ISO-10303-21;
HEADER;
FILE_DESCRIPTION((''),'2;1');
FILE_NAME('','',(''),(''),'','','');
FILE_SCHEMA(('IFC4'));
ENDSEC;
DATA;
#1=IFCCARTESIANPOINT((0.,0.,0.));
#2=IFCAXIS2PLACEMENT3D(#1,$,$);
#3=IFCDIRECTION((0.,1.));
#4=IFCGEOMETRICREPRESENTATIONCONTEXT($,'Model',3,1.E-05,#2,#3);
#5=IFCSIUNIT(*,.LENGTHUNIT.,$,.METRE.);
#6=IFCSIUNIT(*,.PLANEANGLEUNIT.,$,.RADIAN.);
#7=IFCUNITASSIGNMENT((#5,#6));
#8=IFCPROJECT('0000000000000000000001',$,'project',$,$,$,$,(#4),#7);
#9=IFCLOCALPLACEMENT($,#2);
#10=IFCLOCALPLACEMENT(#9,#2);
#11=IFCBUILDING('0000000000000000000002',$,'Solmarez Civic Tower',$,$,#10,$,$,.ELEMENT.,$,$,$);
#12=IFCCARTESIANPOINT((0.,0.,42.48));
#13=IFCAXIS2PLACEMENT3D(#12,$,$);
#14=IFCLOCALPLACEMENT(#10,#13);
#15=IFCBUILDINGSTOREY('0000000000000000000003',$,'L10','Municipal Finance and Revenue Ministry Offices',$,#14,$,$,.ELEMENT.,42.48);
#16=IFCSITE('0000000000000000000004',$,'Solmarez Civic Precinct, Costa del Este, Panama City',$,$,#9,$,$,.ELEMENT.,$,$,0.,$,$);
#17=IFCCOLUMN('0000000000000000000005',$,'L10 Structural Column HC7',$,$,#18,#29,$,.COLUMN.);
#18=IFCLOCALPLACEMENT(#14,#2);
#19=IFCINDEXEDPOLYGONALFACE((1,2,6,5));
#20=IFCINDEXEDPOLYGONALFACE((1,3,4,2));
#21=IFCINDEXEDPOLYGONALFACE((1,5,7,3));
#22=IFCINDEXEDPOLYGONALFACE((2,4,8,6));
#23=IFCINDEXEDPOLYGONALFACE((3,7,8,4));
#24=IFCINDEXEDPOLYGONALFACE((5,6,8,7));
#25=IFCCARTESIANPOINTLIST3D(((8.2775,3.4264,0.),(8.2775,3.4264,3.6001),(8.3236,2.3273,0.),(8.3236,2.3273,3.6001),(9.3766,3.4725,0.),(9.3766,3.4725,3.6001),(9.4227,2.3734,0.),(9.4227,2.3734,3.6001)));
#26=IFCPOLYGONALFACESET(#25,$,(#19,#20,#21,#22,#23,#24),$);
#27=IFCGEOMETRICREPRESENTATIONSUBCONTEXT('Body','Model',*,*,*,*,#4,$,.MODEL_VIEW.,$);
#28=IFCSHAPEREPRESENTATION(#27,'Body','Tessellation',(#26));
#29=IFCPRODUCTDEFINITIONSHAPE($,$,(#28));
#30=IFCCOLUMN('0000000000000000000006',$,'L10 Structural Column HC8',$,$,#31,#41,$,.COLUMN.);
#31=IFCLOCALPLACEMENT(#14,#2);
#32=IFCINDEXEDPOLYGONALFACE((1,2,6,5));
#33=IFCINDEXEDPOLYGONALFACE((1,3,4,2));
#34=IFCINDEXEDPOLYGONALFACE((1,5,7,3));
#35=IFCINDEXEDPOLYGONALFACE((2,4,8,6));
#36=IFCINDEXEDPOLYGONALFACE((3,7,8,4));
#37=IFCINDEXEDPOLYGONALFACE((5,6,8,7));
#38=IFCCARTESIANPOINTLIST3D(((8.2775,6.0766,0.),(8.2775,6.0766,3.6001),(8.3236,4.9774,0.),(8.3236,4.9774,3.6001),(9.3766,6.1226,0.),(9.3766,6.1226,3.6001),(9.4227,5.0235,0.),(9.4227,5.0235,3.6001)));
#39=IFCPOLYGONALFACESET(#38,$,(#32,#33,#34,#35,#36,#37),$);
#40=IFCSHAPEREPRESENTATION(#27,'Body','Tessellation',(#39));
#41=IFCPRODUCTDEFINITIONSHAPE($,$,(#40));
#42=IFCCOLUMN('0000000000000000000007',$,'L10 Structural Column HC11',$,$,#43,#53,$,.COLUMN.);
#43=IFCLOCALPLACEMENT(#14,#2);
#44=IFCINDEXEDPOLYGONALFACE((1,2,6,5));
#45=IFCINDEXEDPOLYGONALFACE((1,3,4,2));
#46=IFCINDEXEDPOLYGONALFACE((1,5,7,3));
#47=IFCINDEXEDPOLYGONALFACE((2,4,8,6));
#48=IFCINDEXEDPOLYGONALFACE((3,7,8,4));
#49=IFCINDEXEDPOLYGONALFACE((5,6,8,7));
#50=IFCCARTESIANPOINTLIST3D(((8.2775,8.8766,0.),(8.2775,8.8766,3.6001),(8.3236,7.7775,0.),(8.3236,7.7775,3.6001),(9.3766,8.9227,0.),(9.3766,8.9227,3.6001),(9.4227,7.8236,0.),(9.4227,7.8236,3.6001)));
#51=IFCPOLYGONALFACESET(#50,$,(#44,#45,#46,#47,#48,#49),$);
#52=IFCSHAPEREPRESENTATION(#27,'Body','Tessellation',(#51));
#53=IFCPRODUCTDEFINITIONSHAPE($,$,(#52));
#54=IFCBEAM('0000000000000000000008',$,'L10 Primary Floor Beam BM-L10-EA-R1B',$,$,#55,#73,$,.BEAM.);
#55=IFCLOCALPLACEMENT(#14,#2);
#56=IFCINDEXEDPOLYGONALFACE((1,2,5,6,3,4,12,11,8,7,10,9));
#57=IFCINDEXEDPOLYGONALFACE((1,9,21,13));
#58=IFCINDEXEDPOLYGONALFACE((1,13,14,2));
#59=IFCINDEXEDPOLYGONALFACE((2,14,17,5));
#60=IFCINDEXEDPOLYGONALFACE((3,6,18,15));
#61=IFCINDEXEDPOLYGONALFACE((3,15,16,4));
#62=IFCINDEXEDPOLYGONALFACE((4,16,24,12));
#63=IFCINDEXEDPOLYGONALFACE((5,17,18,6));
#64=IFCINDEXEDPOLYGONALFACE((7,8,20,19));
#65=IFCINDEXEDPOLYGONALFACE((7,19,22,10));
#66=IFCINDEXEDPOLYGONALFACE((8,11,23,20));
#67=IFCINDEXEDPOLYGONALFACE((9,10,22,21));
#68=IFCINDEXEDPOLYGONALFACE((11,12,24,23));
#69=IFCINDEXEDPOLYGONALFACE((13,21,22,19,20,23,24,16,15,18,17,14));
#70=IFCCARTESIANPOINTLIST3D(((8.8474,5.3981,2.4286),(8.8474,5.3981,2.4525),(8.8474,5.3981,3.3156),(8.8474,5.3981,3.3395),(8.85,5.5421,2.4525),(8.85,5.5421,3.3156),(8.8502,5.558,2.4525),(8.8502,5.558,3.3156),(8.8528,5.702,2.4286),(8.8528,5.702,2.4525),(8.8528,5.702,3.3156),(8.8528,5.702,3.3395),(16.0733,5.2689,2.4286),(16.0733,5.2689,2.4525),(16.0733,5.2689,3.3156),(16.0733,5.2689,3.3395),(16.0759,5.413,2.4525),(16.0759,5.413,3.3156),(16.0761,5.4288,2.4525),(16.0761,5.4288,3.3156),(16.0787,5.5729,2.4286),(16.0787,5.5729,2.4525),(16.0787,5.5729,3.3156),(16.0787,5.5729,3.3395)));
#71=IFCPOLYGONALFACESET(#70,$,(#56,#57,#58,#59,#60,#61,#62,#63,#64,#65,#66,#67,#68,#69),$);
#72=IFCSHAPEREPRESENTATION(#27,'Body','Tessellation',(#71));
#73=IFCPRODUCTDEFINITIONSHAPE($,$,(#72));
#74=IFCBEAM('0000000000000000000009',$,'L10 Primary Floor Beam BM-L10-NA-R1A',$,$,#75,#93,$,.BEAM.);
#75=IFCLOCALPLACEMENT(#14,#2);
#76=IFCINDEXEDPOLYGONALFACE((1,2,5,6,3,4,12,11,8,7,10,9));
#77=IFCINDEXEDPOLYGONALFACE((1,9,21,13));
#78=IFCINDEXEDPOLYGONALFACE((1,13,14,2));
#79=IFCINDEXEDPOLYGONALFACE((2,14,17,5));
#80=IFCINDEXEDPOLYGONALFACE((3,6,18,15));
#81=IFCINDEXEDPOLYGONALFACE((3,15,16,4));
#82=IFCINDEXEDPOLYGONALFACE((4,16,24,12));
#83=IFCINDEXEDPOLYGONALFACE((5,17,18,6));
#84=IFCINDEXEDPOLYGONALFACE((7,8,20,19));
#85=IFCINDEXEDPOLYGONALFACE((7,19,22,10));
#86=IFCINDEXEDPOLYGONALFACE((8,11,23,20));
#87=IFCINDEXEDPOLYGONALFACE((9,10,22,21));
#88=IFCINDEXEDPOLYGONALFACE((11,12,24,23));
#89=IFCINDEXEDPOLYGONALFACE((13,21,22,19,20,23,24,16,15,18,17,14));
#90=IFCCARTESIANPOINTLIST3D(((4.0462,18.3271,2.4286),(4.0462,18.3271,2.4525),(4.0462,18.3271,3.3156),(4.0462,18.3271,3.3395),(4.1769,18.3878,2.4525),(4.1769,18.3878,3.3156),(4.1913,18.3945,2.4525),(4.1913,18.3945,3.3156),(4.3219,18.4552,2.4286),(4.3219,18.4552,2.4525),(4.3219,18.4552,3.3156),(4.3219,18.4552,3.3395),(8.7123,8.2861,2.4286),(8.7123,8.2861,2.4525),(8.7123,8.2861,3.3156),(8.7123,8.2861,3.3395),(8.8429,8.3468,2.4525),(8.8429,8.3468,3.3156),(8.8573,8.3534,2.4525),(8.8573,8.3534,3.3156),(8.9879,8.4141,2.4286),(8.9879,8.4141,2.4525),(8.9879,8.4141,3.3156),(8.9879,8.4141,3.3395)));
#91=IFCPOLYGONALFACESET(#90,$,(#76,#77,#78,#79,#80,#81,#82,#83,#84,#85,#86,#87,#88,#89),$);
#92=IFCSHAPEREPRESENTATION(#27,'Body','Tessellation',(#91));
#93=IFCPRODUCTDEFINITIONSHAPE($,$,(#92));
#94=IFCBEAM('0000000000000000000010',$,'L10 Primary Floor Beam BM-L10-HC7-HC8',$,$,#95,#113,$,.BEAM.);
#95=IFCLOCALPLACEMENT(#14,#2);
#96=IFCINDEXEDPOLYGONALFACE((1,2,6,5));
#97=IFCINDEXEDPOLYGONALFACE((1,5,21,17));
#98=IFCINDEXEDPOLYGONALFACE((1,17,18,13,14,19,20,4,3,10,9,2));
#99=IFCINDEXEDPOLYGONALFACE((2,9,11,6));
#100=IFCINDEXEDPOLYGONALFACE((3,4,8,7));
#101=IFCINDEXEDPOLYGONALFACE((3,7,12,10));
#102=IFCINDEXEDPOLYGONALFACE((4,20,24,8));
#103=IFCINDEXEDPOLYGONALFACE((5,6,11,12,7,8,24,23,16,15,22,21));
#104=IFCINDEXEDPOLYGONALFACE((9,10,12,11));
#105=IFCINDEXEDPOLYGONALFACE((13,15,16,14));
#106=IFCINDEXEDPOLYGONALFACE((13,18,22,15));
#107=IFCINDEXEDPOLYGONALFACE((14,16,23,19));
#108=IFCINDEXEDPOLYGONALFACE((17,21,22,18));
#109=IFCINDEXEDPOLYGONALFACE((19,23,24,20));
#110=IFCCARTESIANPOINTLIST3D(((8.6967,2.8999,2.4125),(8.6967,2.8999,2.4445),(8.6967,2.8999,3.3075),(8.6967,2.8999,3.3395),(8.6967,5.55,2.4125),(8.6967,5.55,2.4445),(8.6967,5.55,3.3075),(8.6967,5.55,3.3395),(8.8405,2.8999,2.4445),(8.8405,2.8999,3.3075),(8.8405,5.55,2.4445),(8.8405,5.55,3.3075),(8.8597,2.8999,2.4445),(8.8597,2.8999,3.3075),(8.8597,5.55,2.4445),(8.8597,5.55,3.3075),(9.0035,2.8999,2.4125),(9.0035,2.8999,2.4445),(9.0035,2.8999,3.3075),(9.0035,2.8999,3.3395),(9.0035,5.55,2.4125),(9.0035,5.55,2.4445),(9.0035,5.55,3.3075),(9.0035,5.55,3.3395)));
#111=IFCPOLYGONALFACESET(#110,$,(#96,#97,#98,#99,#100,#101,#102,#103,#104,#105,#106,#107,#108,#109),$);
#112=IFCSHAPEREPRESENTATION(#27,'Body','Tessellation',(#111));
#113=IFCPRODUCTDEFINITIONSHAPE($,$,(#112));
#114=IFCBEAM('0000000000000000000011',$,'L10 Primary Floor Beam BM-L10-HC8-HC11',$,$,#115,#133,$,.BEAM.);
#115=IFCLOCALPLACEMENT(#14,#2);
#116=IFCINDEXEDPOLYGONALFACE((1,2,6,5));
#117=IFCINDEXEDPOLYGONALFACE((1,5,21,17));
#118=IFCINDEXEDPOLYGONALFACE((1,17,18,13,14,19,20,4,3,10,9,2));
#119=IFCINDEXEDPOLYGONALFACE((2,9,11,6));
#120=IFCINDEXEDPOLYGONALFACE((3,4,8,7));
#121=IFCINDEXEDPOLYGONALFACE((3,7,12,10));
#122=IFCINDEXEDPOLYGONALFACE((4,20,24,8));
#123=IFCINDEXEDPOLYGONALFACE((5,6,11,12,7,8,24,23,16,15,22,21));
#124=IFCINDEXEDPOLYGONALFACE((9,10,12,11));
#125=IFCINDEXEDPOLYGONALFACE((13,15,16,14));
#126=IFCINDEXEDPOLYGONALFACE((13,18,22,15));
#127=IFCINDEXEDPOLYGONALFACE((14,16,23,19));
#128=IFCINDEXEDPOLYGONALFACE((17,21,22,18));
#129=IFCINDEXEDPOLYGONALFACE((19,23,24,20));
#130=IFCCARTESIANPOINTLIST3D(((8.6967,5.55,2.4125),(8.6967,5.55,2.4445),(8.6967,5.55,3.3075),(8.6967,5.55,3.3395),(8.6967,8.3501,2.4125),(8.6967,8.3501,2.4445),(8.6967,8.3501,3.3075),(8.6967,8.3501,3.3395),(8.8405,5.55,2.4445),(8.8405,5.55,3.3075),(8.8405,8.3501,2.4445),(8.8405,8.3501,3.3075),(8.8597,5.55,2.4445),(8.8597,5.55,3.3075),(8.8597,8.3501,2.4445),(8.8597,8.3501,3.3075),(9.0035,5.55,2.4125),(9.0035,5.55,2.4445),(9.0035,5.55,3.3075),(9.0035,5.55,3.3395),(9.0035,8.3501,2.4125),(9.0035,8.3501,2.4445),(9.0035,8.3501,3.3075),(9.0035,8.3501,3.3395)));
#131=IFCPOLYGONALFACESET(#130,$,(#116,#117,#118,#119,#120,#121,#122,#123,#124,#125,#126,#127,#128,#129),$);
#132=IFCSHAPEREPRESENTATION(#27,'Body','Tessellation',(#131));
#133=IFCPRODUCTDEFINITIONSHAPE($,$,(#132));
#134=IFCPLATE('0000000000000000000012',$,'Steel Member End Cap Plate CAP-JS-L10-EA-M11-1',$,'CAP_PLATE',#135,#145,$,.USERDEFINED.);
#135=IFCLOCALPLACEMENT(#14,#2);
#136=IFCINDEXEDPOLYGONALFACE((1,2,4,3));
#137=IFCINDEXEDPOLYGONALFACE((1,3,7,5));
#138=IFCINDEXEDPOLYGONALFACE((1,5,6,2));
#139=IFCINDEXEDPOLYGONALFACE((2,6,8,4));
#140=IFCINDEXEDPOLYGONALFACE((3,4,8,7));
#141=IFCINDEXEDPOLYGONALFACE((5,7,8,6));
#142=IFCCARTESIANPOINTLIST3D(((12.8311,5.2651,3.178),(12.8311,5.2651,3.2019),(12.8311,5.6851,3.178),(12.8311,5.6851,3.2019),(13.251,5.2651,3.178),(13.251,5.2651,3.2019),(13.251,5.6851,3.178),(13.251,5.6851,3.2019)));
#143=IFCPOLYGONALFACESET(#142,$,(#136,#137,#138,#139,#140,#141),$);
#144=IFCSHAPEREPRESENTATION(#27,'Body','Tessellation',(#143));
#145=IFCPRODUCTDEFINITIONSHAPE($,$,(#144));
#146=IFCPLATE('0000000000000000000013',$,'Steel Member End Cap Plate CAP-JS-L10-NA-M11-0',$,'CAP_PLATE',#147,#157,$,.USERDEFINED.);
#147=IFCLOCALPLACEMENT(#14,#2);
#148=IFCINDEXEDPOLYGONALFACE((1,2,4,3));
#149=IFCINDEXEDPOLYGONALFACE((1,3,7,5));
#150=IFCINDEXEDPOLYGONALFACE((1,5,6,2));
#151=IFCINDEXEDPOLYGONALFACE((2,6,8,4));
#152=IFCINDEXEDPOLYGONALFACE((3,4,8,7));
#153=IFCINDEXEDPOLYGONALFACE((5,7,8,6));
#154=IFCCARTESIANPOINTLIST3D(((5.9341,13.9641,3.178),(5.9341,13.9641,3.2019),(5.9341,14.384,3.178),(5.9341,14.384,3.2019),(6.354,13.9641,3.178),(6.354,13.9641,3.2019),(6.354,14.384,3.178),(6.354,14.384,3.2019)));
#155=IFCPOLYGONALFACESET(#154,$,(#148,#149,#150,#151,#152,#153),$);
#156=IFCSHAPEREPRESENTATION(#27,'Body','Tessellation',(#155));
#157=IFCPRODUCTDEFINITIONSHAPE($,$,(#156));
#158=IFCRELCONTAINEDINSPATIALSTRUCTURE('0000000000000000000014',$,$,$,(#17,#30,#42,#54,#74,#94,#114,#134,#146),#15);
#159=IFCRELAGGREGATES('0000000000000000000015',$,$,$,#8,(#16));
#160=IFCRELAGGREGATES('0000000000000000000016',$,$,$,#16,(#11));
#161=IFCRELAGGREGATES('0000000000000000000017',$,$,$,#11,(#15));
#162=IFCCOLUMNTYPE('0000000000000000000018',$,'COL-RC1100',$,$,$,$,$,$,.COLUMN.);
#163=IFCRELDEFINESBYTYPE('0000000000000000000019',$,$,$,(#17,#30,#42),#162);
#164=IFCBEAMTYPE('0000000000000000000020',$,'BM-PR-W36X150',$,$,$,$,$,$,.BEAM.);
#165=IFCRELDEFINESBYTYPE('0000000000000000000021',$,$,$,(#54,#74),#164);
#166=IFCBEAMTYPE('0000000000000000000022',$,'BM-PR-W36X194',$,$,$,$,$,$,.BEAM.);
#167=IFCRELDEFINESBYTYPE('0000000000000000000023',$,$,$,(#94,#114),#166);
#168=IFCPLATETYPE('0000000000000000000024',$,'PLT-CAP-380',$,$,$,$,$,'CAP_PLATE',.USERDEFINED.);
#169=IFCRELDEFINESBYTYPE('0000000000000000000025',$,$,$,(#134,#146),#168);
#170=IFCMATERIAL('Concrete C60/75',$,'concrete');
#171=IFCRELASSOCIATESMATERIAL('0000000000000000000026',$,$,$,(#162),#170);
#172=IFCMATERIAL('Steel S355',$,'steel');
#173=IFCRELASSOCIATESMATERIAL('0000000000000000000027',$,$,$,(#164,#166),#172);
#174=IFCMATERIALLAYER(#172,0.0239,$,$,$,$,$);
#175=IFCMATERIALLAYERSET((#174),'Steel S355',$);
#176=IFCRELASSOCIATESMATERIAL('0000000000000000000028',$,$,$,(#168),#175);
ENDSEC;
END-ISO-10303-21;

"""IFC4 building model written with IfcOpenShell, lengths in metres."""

from ifc_helpers import new_model, si_unit, direction, frame, origin, origin_2d, place, context, subcontext, project, spatial, rectangle, i_section, extrude, material, layer, layer_set, material_profile, profile_set, type_object, element, save


model = new_model("IFC4")

# Units and contexts
model_context = context("Model", 3, precision=1e-05, world=origin(), true_north=direction((0.0, 1.0)))
body_context = subcontext(model_context, "Body", "Model", "MODEL_VIEW")
ifc_project = project(units=[si_unit("LENGTHUNIT", "METRE"), si_unit("PLANEANGLEUNIT", "RADIAN")], contexts=[model_context])

# Site, building, storey
site_placement = place(None, origin())
site = spatial("IfcSite", under=ifc_project, at=site_placement, Name="Solmarez Civic Precinct, Costa del Este, Panama City", CompositionType="ELEMENT", RefElevation=0.0)
building_placement = place(site_placement, origin())
building = spatial("IfcBuilding", under=site, at=building_placement, Name="Solmarez Civic Tower", CompositionType="ELEMENT")
storey_placement = place(building_placement, frame((0.0, 0.0, 42.48)))
storey = spatial("IfcBuildingStorey", under=building, at=storey_placement, Name="L10", Description="Municipal Finance and Revenue Ministry Offices", CompositionType="ELEMENT", Elevation=42.48)

# Columns
ifc_material_1 = material(Name="Concrete C60/75", Category="concrete")
ifc_material_profile_1 = material_profile(ifc_material_1, rectangle(XDim=1.1001, YDim=1.1001, at=origin_2d()), Name="RC1100X1100")
ifc_profile_set_1 = profile_set([ifc_material_profile_1], Name="Concrete C60/75")
column_type = type_object("IfcColumnType", Name="COL-RC1100", PredefinedType="COLUMN", material=ifc_profile_set_1)
for number, where, z_axis, x_axis, name in (
    (1, (8.8501, 2.8999, 0.0), (0.0, 0.0, 1.0), (0.999123, 0.041876, 0.0), "L10 Structural Column HC7"),
    (2, (8.8501, 5.55, 0.0), (0.0, 0.0, 1.0), (0.999123, 0.041876, 0.0), "L10 Structural Column HC8"),
    (3, (8.8501, 8.3501, 0.0), (0.0, 0.0, 1.0), (0.999123, 0.041876, 0.0), "L10 Structural Column HC11"),
):
    element("IfcColumn", number, at=place(storey_placement, frame(where, z_axis=z_axis, x_axis=x_axis)), inside=storey, type_object=column_type, Name=name, PredefinedType="COLUMN", context=body_context, shape_type="SweptSolid", body=[
        extrude(rectangle(XDim=1.1001, YDim=1.1001, at=origin_2d()), origin(), (0.0, 0.0, 1.0), 3.6001),
    ])

# Beams
ifc_material_2 = material(Name="Steel S355", Category="steel")
ifc_material_profile_2 = material_profile(ifc_material_2, i_section(OverallWidth=0.304, OverallDepth=0.9109, WebThickness=0.0159, FlangeThickness=0.0239, at=origin_2d()), Name="W36X150")
ifc_profile_set_2 = profile_set([ifc_material_profile_2], Name="Steel S355")
beam_type_1 = type_object("IfcBeamType", Name="BM-PR-W36X150", PredefinedType="BEAM", material=ifc_profile_set_2)
beam_1_placement = place(storey_placement, frame((8.8501, 5.55, 2.884), z_axis=(0.99984, -0.017871, 0.0), x_axis=(0.017871, 0.99984, 0.0)))
element("IfcBeam", 4, at=beam_1_placement, inside=storey, type_object=beam_type_1, Name="L10 Primary Floor Beam BM-L10-EA-R1B", PredefinedType="BEAM", context=body_context, shape_type="SweptSolid", body=[
    extrude(i_section(OverallWidth=0.304, OverallDepth=0.9109, WebThickness=0.0159, FlangeThickness=0.0239, at=origin_2d()), origin(), (0.0, 0.0, 1.0), 7.2271),
])
beam_2_placement = place(storey_placement, frame((8.8501, 8.3501, 2.884), z_axis=(-0.421417, 0.906867, 0.0), x_axis=(-0.906867, -0.421417, 0.0)))
element("IfcBeam", 5, at=beam_2_placement, inside=storey, type_object=beam_type_1, Name="L10 Primary Floor Beam BM-L10-NA-R1A", PredefinedType="BEAM", context=body_context, shape_type="SweptSolid", body=[
    extrude(i_section(OverallWidth=0.304, OverallDepth=0.9109, WebThickness=0.0159, FlangeThickness=0.0239, at=origin_2d()), origin(), (0.0, 0.0, 1.0), 11.0723),
])
ifc_material_profile_3 = material_profile(ifc_material_2, i_section(OverallWidth=0.3069, OverallDepth=0.927, WebThickness=0.0193, FlangeThickness=0.032, at=origin_2d()), Name="W36X194")
ifc_profile_set_3 = profile_set([ifc_material_profile_3], Name="Steel S355")
beam_type_2 = type_object("IfcBeamType", Name="BM-PR-W36X194", PredefinedType="BEAM", material=ifc_profile_set_3)
beam_3_placement = place(storey_placement, frame((8.8501, 2.8999, 2.876), z_axis=(0.0, 1.0, 0.0), x_axis=(-1.0, 0.0, 0.0)))
element("IfcBeam", 6, at=beam_3_placement, inside=storey, type_object=beam_type_2, Name="L10 Primary Floor Beam BM-L10-HC7-HC8", PredefinedType="BEAM", context=body_context, shape_type="SweptSolid", body=[
    extrude(i_section(OverallWidth=0.3069, OverallDepth=0.927, WebThickness=0.0193, FlangeThickness=0.032, at=origin_2d()), origin(), (0.0, 0.0, 1.0), 2.6501),
])
beam_4_placement = place(storey_placement, frame((8.8501, 5.55, 2.876), z_axis=(0.0, 1.0, 0.0), x_axis=(-1.0, 0.0, 0.0)))
element("IfcBeam", 7, at=beam_4_placement, inside=storey, type_object=beam_type_2, Name="L10 Primary Floor Beam BM-L10-HC8-HC11", PredefinedType="BEAM", context=body_context, shape_type="SweptSolid", body=[
    extrude(i_section(OverallWidth=0.3069, OverallDepth=0.927, WebThickness=0.0193, FlangeThickness=0.032, at=origin_2d()), origin(), (0.0, 0.0, 1.0), 2.8),
])

# Plates
ifc_layer_1 = layer(ifc_material_2, 0.0239)
ifc_layer_set_1 = layer_set([ifc_layer_1], Name="Steel S355")
plate_type = type_object("IfcPlateType", Name="PLT-CAP-380", ElementType="CAP_PLATE", PredefinedType="USERDEFINED", material=ifc_layer_set_1)
for number, where, z_axis, x_axis, name in (
    (8, (13.041, 5.4751, 3.178), (0.0, 0.0, 1.0), (1.0, 0.0, 0.0), "Steel Member End Cap Plate CAP-JS-L10-EA-M11-1"),
    (9, (6.144, 14.1741, 3.178), (0.0, 0.0, 1.0), (1.0, 0.0, 0.0), "Steel Member End Cap Plate CAP-JS-L10-NA-M11-0"),
):
    element("IfcPlate", number, at=place(storey_placement, frame(where, z_axis=z_axis, x_axis=x_axis)), inside=storey, type_object=plate_type, Name=name, ObjectType="CAP_PLATE", PredefinedType="USERDEFINED", context=body_context, shape_type="SweptSolid", body=[
        extrude(rectangle(XDim=0.4199, YDim=0.4199, at=origin_2d()), origin(), (0.0, 0.0, 1.0), 0.0239),
    ])

save(model, "model.ifc")
